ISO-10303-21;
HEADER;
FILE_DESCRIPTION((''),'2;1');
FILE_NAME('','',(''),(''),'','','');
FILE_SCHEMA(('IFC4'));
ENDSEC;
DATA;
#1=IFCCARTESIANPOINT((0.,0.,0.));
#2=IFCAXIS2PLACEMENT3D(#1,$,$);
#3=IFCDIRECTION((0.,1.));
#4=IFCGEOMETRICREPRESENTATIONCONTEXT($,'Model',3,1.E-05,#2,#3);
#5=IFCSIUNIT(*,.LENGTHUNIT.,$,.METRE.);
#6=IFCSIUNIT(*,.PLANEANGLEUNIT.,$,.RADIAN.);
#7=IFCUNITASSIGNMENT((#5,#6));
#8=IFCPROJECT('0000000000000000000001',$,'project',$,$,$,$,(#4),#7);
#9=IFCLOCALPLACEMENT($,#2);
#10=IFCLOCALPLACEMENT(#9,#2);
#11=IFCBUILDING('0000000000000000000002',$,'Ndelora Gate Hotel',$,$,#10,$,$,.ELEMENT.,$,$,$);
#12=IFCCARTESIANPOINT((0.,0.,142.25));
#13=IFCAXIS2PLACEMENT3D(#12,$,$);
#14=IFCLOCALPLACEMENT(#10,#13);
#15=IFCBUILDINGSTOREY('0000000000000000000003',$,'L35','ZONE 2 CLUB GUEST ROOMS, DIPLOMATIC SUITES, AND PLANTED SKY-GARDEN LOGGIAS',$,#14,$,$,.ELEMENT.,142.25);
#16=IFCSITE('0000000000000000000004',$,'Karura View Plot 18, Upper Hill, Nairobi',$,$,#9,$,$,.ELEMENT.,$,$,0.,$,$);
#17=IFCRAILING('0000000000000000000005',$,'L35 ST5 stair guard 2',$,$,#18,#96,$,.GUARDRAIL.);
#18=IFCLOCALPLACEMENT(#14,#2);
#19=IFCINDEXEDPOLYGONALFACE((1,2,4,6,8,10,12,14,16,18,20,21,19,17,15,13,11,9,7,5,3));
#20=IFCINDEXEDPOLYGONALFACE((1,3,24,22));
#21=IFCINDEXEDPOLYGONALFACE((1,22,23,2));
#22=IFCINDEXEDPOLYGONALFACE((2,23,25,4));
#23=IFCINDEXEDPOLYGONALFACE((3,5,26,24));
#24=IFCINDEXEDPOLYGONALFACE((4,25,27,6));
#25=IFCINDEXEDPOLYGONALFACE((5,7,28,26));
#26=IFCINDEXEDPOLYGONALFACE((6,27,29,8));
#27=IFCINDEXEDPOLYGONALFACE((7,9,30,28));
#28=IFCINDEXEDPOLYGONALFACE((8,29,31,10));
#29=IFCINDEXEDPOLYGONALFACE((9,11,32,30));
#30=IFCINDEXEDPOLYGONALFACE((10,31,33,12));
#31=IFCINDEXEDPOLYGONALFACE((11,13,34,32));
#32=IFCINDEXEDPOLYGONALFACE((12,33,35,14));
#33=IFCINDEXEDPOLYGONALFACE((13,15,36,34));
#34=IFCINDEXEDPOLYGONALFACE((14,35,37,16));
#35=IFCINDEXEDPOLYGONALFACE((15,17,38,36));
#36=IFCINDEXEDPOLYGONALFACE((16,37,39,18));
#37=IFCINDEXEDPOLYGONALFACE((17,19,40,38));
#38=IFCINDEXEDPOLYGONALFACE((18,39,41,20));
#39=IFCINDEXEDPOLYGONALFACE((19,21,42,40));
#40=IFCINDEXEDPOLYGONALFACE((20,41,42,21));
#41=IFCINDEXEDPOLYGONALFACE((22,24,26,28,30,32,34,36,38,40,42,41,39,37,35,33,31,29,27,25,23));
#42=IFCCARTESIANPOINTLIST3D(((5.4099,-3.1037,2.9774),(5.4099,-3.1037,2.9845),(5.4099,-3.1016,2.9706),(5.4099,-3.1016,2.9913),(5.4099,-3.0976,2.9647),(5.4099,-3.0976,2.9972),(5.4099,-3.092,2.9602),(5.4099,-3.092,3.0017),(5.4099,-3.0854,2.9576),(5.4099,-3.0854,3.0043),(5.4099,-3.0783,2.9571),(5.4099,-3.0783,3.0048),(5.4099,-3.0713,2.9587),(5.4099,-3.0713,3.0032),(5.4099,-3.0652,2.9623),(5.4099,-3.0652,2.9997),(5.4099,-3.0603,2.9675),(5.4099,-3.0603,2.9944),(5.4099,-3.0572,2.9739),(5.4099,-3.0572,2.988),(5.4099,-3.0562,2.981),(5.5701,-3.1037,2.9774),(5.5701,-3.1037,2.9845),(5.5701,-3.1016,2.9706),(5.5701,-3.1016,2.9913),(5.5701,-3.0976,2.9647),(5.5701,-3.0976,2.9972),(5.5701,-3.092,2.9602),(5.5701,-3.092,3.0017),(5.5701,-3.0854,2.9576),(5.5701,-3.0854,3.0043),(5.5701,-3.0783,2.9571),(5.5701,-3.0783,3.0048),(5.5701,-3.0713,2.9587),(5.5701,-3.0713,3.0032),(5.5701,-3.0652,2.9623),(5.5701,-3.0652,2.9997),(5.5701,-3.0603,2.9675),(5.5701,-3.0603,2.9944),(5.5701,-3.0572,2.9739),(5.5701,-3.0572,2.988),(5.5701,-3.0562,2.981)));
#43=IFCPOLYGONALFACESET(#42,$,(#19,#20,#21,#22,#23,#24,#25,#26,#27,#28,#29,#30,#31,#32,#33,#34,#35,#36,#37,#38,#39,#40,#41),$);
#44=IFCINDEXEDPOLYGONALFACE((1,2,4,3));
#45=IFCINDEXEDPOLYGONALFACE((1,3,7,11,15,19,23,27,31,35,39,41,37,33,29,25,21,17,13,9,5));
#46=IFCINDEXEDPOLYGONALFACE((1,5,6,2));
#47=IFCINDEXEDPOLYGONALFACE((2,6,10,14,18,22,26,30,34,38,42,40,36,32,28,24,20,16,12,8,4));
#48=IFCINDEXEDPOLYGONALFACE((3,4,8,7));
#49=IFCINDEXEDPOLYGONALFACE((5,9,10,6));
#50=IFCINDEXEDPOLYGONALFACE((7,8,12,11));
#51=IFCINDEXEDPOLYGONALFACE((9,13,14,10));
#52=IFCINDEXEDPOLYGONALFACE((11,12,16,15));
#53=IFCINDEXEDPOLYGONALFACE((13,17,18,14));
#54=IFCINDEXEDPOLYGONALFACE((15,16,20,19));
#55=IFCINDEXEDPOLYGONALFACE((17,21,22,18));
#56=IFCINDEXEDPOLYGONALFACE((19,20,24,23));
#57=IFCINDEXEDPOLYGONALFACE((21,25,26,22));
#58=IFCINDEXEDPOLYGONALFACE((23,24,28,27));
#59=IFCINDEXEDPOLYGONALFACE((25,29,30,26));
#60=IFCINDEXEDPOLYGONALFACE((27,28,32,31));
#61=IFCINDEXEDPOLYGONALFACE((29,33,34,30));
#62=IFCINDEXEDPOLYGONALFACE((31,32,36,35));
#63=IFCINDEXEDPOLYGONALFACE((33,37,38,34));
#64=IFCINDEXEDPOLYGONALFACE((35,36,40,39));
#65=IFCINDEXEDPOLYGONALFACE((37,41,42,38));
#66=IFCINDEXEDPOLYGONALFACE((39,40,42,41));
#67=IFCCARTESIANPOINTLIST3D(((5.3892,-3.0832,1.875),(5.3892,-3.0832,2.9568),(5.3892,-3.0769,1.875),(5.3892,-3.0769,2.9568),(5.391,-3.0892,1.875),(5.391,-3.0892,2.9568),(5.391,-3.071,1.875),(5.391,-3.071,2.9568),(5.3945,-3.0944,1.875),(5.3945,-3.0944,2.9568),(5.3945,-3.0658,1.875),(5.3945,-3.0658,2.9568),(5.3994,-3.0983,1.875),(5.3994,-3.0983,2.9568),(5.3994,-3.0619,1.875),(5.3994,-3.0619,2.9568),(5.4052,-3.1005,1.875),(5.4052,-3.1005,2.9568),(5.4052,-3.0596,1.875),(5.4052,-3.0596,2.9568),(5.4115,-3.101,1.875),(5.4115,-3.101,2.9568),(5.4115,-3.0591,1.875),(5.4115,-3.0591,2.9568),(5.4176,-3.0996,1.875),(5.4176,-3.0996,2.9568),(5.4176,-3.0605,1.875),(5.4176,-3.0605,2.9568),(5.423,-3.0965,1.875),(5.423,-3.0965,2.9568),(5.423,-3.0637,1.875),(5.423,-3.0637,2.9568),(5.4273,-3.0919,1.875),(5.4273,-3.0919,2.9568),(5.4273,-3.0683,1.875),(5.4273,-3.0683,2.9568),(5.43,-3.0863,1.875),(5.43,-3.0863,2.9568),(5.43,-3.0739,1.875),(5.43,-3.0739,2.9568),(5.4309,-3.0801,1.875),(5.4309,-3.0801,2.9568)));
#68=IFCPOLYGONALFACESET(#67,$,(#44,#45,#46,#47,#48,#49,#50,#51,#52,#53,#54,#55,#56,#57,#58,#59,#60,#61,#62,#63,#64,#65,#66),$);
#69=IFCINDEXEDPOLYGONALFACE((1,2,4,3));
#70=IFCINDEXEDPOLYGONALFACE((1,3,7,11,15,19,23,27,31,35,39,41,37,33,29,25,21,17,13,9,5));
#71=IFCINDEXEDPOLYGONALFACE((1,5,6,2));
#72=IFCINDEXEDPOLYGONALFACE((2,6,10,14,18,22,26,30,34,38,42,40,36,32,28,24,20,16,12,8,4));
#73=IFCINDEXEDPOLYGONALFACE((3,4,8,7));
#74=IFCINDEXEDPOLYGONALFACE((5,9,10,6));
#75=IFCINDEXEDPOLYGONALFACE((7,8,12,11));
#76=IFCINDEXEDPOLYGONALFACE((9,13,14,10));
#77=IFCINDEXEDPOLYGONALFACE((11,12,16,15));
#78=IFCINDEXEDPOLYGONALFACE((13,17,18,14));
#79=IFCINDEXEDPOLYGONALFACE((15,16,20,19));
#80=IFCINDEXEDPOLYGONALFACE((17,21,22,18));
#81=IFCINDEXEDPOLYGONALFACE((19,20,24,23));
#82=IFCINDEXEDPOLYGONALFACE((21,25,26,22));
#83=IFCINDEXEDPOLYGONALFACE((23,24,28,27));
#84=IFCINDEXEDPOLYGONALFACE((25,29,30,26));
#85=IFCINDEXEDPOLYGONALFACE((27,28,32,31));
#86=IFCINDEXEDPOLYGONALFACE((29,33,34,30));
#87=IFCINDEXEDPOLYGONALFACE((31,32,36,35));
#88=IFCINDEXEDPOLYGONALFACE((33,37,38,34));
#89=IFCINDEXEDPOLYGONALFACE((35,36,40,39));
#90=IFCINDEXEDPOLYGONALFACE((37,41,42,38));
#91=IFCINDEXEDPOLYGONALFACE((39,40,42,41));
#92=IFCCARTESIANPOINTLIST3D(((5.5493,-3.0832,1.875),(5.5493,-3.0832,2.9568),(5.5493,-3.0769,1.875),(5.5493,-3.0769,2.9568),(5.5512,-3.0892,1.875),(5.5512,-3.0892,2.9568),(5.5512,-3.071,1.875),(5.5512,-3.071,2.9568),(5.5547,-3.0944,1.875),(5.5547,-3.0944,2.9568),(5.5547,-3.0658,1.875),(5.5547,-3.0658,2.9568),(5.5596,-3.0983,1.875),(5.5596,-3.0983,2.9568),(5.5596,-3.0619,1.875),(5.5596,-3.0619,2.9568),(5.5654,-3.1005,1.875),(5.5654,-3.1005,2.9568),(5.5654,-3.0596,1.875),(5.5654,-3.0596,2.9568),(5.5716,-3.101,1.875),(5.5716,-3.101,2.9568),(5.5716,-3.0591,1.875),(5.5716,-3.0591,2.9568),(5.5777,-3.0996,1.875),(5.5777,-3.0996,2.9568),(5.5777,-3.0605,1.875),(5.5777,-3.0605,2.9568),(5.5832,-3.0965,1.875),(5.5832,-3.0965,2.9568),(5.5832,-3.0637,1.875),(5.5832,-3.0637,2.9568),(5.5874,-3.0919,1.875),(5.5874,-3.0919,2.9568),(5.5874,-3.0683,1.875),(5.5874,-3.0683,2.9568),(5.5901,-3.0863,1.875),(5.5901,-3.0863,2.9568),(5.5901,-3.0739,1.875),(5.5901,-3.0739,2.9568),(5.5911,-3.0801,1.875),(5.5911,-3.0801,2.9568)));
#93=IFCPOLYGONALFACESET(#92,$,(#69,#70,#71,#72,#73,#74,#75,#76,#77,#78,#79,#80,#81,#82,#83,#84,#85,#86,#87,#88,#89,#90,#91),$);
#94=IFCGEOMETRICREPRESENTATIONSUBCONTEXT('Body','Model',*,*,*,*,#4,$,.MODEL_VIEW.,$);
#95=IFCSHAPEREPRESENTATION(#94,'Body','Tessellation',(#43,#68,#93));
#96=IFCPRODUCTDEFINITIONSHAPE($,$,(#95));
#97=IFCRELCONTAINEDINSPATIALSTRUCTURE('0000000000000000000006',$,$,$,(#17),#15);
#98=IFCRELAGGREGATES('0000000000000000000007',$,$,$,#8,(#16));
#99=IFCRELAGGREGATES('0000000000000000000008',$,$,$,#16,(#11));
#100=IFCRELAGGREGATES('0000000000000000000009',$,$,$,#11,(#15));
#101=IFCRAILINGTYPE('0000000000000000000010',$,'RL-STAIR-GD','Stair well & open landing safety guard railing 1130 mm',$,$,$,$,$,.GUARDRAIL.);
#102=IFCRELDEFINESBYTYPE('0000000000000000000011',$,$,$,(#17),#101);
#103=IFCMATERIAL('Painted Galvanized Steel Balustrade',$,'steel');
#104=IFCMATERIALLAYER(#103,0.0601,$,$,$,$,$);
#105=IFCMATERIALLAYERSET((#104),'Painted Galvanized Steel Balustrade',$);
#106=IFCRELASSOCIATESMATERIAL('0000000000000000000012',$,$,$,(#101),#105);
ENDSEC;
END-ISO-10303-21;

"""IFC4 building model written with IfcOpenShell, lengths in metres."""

from ifc_helpers import new_model, si_unit, direction, frame, origin, origin_2d, place, context, subcontext, project, spatial, circle, extrude, material, layer, layer_set, type_object, element, save


model = new_model("IFC4")

# Units and contexts
model_context = context("Model", 3, precision=1e-05, world=origin(), true_north=direction((0.0, 1.0)))
body_context = subcontext(model_context, "Body", "Model", "MODEL_VIEW")
ifc_project = project(units=[si_unit("LENGTHUNIT", "METRE"), si_unit("PLANEANGLEUNIT", "RADIAN")], contexts=[model_context])

# Site, building, storey
site_placement = place(None, origin())
site = spatial("IfcSite", under=ifc_project, at=site_placement, Name="Karura View Plot 18, Upper Hill, Nairobi", CompositionType="ELEMENT", RefElevation=0.0)
building_placement = place(site_placement, origin())
building = spatial("IfcBuilding", under=site, at=building_placement, Name="Ndelora Gate Hotel", CompositionType="ELEMENT")
storey_placement = place(building_placement, frame((0.0, 0.0, 142.25)))
storey = spatial("IfcBuildingStorey", under=building, at=storey_placement, Name="L35", Description="ZONE 2 CLUB GUEST ROOMS, DIPLOMATIC SUITES, AND PLANTED SKY-GARDEN LOGGIAS", CompositionType="ELEMENT", Elevation=142.25)

# Railing
ifc_material_1 = material(Name="Painted Galvanized Steel Balustrade", Category="steel")
ifc_layer_1 = layer(ifc_material_1, 0.0601)
ifc_layer_set_1 = layer_set([ifc_layer_1], Name="Painted Galvanized Steel Balustrade")
railing_type_1 = type_object("IfcRailingType", Name="RL-STAIR-GD", Description="Stair well & open landing safety guard railing 1130 mm", PredefinedType="GUARDRAIL", material=ifc_layer_set_1)
railing_1_placement = place(storey_placement, frame((5.4099, -3.0801, 1.875)))
element("IfcRailing", 1, at=railing_1_placement, inside=storey, type_object=railing_type_1, Name="L35 ST5 stair guard 2", PredefinedType="GUARDRAIL", context=body_context, shape_type="SweptSolid", body=[
    extrude(circle(Radius=0.0239, at=origin_2d()), frame((0.0, 0.0, 1.106), z_axis=(1.0, 0.0, 0.0), x_axis=(0.0, 1.0, 0.0)), (0.0, 0.0, 1.0), 0.1602),
    extrude(circle(Radius=0.021, at=origin_2d()), origin(), (0.0, 0.0, 1.0), 1.0818),
    extrude(circle(Radius=0.021, at=origin_2d()), frame((0.1602, 0.0, 0.0)), (0.0, 0.0, 1.0), 1.0818),
])

save(model, "model.ifc")
